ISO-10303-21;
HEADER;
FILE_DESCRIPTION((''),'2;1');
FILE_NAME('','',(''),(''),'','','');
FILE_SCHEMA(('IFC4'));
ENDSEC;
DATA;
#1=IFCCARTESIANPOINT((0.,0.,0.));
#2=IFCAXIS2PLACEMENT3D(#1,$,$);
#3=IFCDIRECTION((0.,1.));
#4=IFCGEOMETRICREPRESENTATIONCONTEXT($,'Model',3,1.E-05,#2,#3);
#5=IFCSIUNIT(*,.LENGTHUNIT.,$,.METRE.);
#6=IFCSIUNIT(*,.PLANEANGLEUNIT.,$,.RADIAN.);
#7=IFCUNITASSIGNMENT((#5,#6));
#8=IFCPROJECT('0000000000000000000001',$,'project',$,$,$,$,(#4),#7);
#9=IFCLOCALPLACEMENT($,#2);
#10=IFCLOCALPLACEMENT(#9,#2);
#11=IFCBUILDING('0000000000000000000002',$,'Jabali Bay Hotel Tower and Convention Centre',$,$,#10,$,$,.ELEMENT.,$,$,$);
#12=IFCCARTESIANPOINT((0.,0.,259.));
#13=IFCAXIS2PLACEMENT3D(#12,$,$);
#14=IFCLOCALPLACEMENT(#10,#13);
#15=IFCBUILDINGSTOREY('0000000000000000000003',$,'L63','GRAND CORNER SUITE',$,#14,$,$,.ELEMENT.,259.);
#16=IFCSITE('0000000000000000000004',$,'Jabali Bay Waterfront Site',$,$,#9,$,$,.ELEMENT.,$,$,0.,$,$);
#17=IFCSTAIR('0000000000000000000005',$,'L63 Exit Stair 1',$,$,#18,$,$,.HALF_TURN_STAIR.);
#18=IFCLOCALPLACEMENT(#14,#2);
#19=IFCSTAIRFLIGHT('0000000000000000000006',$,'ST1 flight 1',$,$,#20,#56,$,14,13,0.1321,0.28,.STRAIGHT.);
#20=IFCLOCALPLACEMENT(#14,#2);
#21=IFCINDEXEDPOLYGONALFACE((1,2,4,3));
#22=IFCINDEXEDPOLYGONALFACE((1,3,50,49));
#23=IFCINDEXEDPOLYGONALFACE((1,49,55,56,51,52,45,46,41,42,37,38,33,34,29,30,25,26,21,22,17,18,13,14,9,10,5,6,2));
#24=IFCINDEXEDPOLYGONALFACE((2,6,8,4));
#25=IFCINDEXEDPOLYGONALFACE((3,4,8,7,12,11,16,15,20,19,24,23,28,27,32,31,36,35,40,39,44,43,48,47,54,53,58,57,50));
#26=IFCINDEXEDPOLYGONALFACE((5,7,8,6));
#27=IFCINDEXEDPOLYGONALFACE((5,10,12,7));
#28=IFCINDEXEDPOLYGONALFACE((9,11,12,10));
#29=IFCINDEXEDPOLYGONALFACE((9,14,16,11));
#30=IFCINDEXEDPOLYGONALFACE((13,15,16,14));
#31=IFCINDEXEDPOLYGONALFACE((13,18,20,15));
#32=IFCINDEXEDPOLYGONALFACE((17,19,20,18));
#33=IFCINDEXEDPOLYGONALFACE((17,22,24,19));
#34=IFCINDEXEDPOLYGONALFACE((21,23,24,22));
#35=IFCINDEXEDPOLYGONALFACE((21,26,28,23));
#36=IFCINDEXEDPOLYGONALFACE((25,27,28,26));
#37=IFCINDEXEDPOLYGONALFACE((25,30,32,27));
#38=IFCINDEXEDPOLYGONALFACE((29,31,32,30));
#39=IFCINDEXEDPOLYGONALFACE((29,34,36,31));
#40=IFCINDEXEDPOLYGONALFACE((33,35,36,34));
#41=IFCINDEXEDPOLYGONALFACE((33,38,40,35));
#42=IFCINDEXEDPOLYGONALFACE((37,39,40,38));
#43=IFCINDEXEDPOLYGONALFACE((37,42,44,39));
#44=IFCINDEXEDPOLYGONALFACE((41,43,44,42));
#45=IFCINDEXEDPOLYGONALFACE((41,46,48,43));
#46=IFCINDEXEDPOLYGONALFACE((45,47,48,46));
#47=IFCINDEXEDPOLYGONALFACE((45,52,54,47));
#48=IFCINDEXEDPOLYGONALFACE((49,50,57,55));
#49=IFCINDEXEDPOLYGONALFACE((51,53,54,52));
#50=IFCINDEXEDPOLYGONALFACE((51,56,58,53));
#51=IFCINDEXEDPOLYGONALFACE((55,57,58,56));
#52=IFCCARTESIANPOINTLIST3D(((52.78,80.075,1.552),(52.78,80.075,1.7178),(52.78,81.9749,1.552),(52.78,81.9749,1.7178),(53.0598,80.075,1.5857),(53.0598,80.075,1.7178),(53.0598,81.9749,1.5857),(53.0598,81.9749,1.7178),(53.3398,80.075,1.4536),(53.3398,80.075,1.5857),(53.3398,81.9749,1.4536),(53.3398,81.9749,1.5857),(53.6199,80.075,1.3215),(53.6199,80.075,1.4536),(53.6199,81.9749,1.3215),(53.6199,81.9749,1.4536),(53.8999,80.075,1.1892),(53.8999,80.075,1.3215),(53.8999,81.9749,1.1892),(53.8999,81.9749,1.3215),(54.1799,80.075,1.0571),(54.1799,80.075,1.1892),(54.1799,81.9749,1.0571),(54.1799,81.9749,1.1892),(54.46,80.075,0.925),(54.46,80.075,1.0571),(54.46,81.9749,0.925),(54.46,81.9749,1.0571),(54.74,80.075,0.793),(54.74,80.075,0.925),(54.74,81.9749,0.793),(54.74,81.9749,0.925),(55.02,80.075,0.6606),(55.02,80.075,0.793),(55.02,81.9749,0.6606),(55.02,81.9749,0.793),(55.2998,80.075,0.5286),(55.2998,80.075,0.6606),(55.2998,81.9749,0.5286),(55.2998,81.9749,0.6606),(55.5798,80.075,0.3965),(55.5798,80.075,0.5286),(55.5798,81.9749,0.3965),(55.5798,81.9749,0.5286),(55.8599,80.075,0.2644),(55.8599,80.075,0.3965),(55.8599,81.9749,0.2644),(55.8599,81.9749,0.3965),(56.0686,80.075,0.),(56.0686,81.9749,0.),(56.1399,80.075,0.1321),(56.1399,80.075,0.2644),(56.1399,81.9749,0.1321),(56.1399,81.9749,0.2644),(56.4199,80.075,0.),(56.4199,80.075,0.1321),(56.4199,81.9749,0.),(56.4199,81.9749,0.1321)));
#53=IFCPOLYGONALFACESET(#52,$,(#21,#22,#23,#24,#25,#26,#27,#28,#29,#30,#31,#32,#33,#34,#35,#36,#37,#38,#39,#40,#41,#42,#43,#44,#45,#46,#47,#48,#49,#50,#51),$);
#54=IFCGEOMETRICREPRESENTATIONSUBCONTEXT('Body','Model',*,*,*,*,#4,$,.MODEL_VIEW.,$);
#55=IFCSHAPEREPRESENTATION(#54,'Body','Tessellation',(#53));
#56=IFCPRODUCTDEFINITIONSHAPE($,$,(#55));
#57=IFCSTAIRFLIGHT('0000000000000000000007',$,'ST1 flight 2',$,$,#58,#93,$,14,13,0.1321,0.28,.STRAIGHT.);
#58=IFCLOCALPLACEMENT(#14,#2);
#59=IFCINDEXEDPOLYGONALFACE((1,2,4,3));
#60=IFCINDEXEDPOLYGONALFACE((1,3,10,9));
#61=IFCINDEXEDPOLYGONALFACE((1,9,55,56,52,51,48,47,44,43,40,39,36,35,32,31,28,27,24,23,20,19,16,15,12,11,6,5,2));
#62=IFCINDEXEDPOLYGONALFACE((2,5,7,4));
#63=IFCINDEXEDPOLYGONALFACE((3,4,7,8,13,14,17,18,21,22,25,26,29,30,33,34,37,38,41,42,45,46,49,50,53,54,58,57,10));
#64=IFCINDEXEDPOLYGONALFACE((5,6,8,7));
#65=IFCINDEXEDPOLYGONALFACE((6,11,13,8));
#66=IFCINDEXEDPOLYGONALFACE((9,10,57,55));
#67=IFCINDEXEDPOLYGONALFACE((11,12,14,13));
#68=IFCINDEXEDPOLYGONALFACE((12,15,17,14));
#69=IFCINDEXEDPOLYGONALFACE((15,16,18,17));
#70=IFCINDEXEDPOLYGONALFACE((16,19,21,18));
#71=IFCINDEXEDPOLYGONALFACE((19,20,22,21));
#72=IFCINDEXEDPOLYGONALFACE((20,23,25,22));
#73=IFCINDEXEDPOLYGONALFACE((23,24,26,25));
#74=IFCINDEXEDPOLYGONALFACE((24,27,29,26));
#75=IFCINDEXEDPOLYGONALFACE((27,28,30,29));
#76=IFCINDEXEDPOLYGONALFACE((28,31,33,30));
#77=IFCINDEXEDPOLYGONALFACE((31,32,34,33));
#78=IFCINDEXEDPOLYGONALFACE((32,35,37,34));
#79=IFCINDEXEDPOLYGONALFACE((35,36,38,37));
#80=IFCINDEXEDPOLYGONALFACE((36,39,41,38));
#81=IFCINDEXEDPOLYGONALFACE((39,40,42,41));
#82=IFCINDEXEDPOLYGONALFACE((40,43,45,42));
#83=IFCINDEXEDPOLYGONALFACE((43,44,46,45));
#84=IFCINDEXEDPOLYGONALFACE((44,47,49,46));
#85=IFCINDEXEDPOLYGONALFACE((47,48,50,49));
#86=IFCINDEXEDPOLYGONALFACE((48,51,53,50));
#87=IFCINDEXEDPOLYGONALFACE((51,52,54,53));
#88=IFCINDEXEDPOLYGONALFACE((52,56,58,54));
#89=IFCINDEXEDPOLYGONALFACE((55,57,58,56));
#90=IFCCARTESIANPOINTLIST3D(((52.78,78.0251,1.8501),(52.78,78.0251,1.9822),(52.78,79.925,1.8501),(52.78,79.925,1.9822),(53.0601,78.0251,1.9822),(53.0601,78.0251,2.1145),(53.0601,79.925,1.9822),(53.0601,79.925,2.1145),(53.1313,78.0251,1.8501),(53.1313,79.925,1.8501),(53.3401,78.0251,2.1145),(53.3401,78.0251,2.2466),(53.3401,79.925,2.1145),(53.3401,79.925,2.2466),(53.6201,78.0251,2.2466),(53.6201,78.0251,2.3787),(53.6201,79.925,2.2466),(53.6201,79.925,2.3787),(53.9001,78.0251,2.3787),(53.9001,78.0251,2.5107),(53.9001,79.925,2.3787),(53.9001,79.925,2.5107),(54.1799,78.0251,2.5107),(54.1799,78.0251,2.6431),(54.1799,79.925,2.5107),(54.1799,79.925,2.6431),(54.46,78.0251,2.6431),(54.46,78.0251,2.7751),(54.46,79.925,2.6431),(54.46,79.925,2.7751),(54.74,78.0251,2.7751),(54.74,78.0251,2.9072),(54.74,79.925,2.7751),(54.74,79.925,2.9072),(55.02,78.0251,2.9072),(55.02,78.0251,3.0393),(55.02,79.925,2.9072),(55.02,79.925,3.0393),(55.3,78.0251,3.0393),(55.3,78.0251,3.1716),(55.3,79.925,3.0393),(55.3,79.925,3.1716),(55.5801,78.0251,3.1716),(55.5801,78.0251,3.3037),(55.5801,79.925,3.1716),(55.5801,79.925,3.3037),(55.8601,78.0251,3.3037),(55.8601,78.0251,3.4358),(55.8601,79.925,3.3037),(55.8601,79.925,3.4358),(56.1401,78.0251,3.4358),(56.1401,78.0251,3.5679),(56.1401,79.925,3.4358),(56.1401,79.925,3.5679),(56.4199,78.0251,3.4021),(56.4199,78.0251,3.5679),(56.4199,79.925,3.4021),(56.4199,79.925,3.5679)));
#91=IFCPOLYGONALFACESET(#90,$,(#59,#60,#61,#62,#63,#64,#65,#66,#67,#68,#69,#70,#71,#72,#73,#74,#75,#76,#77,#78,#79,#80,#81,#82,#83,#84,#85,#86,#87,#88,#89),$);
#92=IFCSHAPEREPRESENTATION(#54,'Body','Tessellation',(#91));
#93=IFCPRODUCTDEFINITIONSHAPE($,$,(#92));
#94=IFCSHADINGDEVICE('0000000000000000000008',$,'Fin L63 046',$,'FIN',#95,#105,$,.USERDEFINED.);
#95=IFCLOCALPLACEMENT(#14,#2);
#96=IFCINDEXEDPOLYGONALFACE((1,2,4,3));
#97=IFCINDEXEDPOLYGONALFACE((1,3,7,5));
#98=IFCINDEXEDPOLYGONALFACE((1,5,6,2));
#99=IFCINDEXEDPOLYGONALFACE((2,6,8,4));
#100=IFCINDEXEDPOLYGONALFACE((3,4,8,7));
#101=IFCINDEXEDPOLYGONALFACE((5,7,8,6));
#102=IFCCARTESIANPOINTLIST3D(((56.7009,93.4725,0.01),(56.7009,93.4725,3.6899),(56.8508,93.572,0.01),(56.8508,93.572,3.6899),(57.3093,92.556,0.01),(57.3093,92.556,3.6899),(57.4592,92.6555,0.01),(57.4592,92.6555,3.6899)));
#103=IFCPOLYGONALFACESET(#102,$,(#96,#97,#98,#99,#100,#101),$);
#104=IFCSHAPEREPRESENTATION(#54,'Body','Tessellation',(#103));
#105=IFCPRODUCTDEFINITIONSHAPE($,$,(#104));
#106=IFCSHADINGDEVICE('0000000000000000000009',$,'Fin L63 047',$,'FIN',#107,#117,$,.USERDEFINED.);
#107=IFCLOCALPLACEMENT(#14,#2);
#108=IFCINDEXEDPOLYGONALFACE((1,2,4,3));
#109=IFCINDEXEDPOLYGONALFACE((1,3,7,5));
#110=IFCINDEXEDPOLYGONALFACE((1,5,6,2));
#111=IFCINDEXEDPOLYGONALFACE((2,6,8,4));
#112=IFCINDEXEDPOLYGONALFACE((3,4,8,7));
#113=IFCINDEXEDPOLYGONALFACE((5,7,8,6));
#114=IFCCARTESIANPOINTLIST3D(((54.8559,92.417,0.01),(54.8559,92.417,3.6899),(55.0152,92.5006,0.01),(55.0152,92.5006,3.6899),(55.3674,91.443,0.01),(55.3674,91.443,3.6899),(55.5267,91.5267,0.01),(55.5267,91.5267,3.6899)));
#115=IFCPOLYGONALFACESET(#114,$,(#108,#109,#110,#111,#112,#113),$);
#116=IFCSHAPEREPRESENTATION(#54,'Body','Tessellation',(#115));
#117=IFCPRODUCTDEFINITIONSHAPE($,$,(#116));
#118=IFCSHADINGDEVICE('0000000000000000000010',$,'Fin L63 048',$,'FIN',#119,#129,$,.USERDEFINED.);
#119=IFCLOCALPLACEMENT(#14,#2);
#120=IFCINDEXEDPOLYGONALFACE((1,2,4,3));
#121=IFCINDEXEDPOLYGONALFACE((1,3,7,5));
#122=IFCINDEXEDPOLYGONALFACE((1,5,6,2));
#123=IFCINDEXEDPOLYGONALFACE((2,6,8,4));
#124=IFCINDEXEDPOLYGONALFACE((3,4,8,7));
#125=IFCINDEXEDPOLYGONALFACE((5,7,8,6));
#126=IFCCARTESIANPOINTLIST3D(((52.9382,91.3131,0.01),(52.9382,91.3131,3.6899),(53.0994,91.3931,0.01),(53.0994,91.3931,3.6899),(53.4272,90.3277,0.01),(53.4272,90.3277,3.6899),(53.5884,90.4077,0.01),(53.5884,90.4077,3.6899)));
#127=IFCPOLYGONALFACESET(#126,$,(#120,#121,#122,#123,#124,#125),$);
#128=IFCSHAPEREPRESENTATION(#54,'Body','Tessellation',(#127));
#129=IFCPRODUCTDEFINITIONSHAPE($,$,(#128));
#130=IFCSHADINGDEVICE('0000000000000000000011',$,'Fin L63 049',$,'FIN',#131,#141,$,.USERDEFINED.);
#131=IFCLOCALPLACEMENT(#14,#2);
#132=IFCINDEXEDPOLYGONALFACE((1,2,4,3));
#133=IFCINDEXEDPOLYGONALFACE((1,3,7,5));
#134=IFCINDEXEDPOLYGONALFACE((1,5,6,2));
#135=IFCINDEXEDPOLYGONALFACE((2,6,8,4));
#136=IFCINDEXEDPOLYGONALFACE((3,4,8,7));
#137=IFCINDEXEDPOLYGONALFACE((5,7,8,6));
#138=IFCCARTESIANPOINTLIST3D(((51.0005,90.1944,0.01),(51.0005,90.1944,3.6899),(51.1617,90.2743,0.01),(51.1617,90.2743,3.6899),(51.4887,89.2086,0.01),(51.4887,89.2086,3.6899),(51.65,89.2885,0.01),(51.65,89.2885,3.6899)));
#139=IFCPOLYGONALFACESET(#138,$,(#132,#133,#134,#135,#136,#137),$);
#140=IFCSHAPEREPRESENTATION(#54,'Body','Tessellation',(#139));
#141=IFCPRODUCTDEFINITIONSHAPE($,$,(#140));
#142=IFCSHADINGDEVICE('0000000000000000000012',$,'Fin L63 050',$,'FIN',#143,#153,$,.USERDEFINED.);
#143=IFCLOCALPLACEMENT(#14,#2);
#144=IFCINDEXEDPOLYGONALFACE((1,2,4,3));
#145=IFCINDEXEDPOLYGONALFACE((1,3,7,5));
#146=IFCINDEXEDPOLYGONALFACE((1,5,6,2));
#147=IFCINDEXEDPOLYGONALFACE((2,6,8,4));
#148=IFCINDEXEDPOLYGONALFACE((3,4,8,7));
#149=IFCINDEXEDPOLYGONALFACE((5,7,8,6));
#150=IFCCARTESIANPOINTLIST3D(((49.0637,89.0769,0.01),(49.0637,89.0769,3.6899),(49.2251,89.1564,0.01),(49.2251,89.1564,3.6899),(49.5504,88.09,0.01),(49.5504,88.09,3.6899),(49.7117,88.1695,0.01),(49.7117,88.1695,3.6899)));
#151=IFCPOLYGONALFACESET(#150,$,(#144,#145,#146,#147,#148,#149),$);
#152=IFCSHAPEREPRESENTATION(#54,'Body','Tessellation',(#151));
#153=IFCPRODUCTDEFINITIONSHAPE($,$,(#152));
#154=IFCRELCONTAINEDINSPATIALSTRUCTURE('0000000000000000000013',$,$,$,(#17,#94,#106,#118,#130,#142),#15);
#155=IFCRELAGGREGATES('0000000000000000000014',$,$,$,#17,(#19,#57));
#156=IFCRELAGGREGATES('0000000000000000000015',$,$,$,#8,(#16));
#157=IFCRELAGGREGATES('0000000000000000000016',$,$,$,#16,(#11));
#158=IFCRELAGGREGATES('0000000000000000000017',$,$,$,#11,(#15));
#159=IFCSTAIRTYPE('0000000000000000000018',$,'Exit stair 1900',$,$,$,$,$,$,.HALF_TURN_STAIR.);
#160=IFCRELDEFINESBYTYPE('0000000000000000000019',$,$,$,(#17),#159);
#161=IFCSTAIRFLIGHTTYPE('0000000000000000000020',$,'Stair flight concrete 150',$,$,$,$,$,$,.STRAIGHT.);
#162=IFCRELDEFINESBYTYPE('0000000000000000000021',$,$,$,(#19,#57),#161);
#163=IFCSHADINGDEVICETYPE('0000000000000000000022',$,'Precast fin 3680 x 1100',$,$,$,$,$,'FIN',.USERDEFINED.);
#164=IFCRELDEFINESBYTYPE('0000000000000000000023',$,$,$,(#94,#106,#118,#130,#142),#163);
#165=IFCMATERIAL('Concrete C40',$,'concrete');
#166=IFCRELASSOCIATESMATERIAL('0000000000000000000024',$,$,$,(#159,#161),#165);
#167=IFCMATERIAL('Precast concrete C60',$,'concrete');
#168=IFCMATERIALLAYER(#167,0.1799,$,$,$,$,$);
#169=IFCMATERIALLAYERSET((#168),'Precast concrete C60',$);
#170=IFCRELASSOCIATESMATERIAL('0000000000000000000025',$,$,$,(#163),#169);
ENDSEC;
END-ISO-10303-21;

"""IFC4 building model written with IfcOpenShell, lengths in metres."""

from ifc_helpers import new_model, si_unit, direction, frame, frame_2d, origin, place, context, subcontext, project, spatial, polyline, rectangle, outline, extrude, material, layer, layer_set, type_object, element, aggregate, save


model = new_model("IFC4")

# Units and contexts
model_context = context("Model", 3, precision=1e-05, world=origin(), true_north=direction((0.0, 1.0)))
body_context = subcontext(model_context, "Body", "Model", "MODEL_VIEW")
ifc_project = project(units=[si_unit("LENGTHUNIT", "METRE"), si_unit("PLANEANGLEUNIT", "RADIAN")], contexts=[model_context])

# Site, building, storey
site_placement = place(None, origin())
site = spatial("IfcSite", under=ifc_project, at=site_placement, Name="Jabali Bay Waterfront Site", CompositionType="ELEMENT", RefElevation=0.0)
building_placement = place(site_placement, origin())
building = spatial("IfcBuilding", under=site, at=building_placement, Name="Jabali Bay Hotel Tower and Convention Centre", CompositionType="ELEMENT")
storey_placement = place(building_placement, frame((0.0, 0.0, 259.0)))
storey = spatial("IfcBuildingStorey", under=building, at=storey_placement, Name="L63", Description="GRAND CORNER SUITE", CompositionType="ELEMENT", Elevation=259.0)

# Shared definitions
ifc_material_1 = material(Name="Concrete C40", Category="concrete")

# Stair, stair flights
stair_type = type_object("IfcStairType", Name="Exit stair 1900", PredefinedType="HALF_TURN_STAIR", material=ifc_material_1)
stair_placement = place(storey_placement, origin())
stair = element("IfcStair", 1, at=stair_placement, inside=storey, type_object=stair_type, Name="L63 Exit Stair 1", PredefinedType="HALF_TURN_STAIR")
stair_flight_type = type_object("IfcStairFlightType", Name="Stair flight concrete 150", PredefinedType="STRAIGHT", material=ifc_material_1)
stair_flight_1_placement = place(storey_placement, frame((56.4199, 81.0249, 0.0), z_axis=(0.0, 0.0, 1.0), x_axis=(-1.0, 0.0, 0.0)))
stair_flight_1 = element("IfcStairFlight", 2, at=stair_flight_1_placement, type_object=stair_flight_type, Name="ST1 flight 1", NumberOfRisers=14, NumberOfTreads=13, PredefinedType="STRAIGHT", RiserHeight=0.1321, TreadLength=0.28, context=body_context, shape_type="SweptSolid", body=[
    extrude(outline(polyline([(0.0, 0.0), (0.0, 0.1321), (0.28, 0.1321), (0.28, 0.2644), (0.5601, 0.2644), (0.5601, 0.3965), (0.8401, 0.3965), (0.8401, 0.5286), (1.1201, 0.5286), (1.1201, 0.6606), (1.3999, 0.6606), (1.3999, 0.793), (1.6799, 0.793), (1.6799, 0.925), (1.96, 0.925), (1.96, 1.0571), (2.24, 1.0571), (2.24, 1.1892), (2.52, 1.1892), (2.52, 1.3215), (2.8, 1.3215), (2.8, 1.4536), (3.0801, 1.4536), (3.0801, 1.5857), (3.3601, 1.5857), (3.3601, 1.7178), (3.6399, 1.7178), (3.6399, 1.8501), (3.6399, 1.552), (0.3513, 0.0), (0.0, 0.0)])), frame((0.0, 0.95, 0.0), z_axis=(0.0, -1.0, 0.0), x_axis=(1.0, 0.0, 0.0)), (0.0, 0.0, 1.0), 1.8999),
])
stair_flight_2_placement = place(storey_placement, frame((52.78, 78.9751, 1.8501), z_axis=(0.0, 0.0, 1.0), x_axis=(1.0, 0.0, 0.0)))
stair_flight_2 = element("IfcStairFlight", 3, at=stair_flight_2_placement, type_object=stair_flight_type, Name="ST1 flight 2", NumberOfRisers=14, NumberOfTreads=13, PredefinedType="STRAIGHT", RiserHeight=0.1321, TreadLength=0.28, context=body_context, shape_type="SweptSolid", body=[
    extrude(outline(polyline([(0.0, 0.0), (0.0, 0.1321), (0.28, 0.1321), (0.28, 0.2644), (0.5601, 0.2644), (0.5601, 0.3965), (0.8401, 0.3965), (0.8401, 0.5286), (1.1201, 0.5286), (1.1201, 0.6606), (1.3999, 0.6606), (1.3999, 0.793), (1.6799, 0.793), (1.6799, 0.925), (1.96, 0.925), (1.96, 1.0571), (2.24, 1.0571), (2.24, 1.1892), (2.52, 1.1892), (2.52, 1.3215), (2.8, 1.3215), (2.8, 1.4536), (3.0801, 1.4536), (3.0801, 1.5857), (3.3601, 1.5857), (3.3601, 1.7178), (3.6399, 1.7178), (3.6399, 1.8501), (3.6399, 1.552), (0.3513, 0.0), (0.0, 0.0)])), frame((0.0, 0.95, 0.0), z_axis=(0.0, -1.0, 0.0), x_axis=(1.0, 0.0, 0.0)), (0.0, 0.0, 1.0), 1.8999),
])
aggregate(stair, [stair_flight_1, stair_flight_2])

# Shading devices
ifc_material_2 = material(Name="Precast concrete C60", Category="concrete")
ifc_layer_1 = layer(ifc_material_2, 0.1799)
ifc_layer_set_1 = layer_set([ifc_layer_1], Name="Precast concrete C60")
shading_device_type = type_object("IfcShadingDeviceType", Name="Precast fin 3680 x 1100", ElementType="FIN", PredefinedType="USERDEFINED", material=ifc_layer_set_1)
for number, where, z_axis, x_axis, name in (
    (4, (57.3843, 92.6057, 0.01), (0.0, 0.0, 1.0), (-0.55306, 0.833141, 0.0), "Fin L63 046"),
    (5, (55.447, 91.4849, 0.01), (0.0, 0.0, 1.0), (-0.464969, 0.885327, 0.0), "Fin L63 047"),
    (6, (53.5078, 90.3677, 0.01), (0.0, 0.0, 1.0), (-0.444548, 0.895755, 0.0), "Fin L63 048"),
    (7, (51.5693, 89.2485, 0.01), (0.0, 0.0, 1.0), (-0.443837, 0.896107, 0.0), "Fin L63 049"),
):
    element("IfcShadingDevice", number, at=place(storey_placement, frame(where, z_axis=z_axis, x_axis=x_axis)), inside=storey, type_object=shading_device_type, Name=name, ObjectType="FIN", PredefinedType="USERDEFINED", context=body_context, shape_type="SweptSolid", body=[
        extrude(rectangle(XDim=1.1001, YDim=0.1799, at=frame_2d((0.55, 0.0))), origin(), (0.0, 0.0, 1.0), 3.6799),
    ])
shading_device_placement = place(storey_placement, frame((49.6311, 88.1296, 0.01), z_axis=(0.0, 0.0, 1.0), x_axis=(-0.442236, 0.896899, 0.0)))
element("IfcShadingDevice", 8, at=shading_device_placement, inside=storey, type_object=shading_device_type, Name="Fin L63 050", ObjectType="FIN", PredefinedType="USERDEFINED", context=body_context, shape_type="SweptSolid", body=[
    extrude(rectangle(XDim=1.1003, YDim=0.1799, at=frame_2d((0.5503, 0.0))), origin(), (0.0, 0.0, 1.0), 3.6799),
])

save(model, "model.ifc")
